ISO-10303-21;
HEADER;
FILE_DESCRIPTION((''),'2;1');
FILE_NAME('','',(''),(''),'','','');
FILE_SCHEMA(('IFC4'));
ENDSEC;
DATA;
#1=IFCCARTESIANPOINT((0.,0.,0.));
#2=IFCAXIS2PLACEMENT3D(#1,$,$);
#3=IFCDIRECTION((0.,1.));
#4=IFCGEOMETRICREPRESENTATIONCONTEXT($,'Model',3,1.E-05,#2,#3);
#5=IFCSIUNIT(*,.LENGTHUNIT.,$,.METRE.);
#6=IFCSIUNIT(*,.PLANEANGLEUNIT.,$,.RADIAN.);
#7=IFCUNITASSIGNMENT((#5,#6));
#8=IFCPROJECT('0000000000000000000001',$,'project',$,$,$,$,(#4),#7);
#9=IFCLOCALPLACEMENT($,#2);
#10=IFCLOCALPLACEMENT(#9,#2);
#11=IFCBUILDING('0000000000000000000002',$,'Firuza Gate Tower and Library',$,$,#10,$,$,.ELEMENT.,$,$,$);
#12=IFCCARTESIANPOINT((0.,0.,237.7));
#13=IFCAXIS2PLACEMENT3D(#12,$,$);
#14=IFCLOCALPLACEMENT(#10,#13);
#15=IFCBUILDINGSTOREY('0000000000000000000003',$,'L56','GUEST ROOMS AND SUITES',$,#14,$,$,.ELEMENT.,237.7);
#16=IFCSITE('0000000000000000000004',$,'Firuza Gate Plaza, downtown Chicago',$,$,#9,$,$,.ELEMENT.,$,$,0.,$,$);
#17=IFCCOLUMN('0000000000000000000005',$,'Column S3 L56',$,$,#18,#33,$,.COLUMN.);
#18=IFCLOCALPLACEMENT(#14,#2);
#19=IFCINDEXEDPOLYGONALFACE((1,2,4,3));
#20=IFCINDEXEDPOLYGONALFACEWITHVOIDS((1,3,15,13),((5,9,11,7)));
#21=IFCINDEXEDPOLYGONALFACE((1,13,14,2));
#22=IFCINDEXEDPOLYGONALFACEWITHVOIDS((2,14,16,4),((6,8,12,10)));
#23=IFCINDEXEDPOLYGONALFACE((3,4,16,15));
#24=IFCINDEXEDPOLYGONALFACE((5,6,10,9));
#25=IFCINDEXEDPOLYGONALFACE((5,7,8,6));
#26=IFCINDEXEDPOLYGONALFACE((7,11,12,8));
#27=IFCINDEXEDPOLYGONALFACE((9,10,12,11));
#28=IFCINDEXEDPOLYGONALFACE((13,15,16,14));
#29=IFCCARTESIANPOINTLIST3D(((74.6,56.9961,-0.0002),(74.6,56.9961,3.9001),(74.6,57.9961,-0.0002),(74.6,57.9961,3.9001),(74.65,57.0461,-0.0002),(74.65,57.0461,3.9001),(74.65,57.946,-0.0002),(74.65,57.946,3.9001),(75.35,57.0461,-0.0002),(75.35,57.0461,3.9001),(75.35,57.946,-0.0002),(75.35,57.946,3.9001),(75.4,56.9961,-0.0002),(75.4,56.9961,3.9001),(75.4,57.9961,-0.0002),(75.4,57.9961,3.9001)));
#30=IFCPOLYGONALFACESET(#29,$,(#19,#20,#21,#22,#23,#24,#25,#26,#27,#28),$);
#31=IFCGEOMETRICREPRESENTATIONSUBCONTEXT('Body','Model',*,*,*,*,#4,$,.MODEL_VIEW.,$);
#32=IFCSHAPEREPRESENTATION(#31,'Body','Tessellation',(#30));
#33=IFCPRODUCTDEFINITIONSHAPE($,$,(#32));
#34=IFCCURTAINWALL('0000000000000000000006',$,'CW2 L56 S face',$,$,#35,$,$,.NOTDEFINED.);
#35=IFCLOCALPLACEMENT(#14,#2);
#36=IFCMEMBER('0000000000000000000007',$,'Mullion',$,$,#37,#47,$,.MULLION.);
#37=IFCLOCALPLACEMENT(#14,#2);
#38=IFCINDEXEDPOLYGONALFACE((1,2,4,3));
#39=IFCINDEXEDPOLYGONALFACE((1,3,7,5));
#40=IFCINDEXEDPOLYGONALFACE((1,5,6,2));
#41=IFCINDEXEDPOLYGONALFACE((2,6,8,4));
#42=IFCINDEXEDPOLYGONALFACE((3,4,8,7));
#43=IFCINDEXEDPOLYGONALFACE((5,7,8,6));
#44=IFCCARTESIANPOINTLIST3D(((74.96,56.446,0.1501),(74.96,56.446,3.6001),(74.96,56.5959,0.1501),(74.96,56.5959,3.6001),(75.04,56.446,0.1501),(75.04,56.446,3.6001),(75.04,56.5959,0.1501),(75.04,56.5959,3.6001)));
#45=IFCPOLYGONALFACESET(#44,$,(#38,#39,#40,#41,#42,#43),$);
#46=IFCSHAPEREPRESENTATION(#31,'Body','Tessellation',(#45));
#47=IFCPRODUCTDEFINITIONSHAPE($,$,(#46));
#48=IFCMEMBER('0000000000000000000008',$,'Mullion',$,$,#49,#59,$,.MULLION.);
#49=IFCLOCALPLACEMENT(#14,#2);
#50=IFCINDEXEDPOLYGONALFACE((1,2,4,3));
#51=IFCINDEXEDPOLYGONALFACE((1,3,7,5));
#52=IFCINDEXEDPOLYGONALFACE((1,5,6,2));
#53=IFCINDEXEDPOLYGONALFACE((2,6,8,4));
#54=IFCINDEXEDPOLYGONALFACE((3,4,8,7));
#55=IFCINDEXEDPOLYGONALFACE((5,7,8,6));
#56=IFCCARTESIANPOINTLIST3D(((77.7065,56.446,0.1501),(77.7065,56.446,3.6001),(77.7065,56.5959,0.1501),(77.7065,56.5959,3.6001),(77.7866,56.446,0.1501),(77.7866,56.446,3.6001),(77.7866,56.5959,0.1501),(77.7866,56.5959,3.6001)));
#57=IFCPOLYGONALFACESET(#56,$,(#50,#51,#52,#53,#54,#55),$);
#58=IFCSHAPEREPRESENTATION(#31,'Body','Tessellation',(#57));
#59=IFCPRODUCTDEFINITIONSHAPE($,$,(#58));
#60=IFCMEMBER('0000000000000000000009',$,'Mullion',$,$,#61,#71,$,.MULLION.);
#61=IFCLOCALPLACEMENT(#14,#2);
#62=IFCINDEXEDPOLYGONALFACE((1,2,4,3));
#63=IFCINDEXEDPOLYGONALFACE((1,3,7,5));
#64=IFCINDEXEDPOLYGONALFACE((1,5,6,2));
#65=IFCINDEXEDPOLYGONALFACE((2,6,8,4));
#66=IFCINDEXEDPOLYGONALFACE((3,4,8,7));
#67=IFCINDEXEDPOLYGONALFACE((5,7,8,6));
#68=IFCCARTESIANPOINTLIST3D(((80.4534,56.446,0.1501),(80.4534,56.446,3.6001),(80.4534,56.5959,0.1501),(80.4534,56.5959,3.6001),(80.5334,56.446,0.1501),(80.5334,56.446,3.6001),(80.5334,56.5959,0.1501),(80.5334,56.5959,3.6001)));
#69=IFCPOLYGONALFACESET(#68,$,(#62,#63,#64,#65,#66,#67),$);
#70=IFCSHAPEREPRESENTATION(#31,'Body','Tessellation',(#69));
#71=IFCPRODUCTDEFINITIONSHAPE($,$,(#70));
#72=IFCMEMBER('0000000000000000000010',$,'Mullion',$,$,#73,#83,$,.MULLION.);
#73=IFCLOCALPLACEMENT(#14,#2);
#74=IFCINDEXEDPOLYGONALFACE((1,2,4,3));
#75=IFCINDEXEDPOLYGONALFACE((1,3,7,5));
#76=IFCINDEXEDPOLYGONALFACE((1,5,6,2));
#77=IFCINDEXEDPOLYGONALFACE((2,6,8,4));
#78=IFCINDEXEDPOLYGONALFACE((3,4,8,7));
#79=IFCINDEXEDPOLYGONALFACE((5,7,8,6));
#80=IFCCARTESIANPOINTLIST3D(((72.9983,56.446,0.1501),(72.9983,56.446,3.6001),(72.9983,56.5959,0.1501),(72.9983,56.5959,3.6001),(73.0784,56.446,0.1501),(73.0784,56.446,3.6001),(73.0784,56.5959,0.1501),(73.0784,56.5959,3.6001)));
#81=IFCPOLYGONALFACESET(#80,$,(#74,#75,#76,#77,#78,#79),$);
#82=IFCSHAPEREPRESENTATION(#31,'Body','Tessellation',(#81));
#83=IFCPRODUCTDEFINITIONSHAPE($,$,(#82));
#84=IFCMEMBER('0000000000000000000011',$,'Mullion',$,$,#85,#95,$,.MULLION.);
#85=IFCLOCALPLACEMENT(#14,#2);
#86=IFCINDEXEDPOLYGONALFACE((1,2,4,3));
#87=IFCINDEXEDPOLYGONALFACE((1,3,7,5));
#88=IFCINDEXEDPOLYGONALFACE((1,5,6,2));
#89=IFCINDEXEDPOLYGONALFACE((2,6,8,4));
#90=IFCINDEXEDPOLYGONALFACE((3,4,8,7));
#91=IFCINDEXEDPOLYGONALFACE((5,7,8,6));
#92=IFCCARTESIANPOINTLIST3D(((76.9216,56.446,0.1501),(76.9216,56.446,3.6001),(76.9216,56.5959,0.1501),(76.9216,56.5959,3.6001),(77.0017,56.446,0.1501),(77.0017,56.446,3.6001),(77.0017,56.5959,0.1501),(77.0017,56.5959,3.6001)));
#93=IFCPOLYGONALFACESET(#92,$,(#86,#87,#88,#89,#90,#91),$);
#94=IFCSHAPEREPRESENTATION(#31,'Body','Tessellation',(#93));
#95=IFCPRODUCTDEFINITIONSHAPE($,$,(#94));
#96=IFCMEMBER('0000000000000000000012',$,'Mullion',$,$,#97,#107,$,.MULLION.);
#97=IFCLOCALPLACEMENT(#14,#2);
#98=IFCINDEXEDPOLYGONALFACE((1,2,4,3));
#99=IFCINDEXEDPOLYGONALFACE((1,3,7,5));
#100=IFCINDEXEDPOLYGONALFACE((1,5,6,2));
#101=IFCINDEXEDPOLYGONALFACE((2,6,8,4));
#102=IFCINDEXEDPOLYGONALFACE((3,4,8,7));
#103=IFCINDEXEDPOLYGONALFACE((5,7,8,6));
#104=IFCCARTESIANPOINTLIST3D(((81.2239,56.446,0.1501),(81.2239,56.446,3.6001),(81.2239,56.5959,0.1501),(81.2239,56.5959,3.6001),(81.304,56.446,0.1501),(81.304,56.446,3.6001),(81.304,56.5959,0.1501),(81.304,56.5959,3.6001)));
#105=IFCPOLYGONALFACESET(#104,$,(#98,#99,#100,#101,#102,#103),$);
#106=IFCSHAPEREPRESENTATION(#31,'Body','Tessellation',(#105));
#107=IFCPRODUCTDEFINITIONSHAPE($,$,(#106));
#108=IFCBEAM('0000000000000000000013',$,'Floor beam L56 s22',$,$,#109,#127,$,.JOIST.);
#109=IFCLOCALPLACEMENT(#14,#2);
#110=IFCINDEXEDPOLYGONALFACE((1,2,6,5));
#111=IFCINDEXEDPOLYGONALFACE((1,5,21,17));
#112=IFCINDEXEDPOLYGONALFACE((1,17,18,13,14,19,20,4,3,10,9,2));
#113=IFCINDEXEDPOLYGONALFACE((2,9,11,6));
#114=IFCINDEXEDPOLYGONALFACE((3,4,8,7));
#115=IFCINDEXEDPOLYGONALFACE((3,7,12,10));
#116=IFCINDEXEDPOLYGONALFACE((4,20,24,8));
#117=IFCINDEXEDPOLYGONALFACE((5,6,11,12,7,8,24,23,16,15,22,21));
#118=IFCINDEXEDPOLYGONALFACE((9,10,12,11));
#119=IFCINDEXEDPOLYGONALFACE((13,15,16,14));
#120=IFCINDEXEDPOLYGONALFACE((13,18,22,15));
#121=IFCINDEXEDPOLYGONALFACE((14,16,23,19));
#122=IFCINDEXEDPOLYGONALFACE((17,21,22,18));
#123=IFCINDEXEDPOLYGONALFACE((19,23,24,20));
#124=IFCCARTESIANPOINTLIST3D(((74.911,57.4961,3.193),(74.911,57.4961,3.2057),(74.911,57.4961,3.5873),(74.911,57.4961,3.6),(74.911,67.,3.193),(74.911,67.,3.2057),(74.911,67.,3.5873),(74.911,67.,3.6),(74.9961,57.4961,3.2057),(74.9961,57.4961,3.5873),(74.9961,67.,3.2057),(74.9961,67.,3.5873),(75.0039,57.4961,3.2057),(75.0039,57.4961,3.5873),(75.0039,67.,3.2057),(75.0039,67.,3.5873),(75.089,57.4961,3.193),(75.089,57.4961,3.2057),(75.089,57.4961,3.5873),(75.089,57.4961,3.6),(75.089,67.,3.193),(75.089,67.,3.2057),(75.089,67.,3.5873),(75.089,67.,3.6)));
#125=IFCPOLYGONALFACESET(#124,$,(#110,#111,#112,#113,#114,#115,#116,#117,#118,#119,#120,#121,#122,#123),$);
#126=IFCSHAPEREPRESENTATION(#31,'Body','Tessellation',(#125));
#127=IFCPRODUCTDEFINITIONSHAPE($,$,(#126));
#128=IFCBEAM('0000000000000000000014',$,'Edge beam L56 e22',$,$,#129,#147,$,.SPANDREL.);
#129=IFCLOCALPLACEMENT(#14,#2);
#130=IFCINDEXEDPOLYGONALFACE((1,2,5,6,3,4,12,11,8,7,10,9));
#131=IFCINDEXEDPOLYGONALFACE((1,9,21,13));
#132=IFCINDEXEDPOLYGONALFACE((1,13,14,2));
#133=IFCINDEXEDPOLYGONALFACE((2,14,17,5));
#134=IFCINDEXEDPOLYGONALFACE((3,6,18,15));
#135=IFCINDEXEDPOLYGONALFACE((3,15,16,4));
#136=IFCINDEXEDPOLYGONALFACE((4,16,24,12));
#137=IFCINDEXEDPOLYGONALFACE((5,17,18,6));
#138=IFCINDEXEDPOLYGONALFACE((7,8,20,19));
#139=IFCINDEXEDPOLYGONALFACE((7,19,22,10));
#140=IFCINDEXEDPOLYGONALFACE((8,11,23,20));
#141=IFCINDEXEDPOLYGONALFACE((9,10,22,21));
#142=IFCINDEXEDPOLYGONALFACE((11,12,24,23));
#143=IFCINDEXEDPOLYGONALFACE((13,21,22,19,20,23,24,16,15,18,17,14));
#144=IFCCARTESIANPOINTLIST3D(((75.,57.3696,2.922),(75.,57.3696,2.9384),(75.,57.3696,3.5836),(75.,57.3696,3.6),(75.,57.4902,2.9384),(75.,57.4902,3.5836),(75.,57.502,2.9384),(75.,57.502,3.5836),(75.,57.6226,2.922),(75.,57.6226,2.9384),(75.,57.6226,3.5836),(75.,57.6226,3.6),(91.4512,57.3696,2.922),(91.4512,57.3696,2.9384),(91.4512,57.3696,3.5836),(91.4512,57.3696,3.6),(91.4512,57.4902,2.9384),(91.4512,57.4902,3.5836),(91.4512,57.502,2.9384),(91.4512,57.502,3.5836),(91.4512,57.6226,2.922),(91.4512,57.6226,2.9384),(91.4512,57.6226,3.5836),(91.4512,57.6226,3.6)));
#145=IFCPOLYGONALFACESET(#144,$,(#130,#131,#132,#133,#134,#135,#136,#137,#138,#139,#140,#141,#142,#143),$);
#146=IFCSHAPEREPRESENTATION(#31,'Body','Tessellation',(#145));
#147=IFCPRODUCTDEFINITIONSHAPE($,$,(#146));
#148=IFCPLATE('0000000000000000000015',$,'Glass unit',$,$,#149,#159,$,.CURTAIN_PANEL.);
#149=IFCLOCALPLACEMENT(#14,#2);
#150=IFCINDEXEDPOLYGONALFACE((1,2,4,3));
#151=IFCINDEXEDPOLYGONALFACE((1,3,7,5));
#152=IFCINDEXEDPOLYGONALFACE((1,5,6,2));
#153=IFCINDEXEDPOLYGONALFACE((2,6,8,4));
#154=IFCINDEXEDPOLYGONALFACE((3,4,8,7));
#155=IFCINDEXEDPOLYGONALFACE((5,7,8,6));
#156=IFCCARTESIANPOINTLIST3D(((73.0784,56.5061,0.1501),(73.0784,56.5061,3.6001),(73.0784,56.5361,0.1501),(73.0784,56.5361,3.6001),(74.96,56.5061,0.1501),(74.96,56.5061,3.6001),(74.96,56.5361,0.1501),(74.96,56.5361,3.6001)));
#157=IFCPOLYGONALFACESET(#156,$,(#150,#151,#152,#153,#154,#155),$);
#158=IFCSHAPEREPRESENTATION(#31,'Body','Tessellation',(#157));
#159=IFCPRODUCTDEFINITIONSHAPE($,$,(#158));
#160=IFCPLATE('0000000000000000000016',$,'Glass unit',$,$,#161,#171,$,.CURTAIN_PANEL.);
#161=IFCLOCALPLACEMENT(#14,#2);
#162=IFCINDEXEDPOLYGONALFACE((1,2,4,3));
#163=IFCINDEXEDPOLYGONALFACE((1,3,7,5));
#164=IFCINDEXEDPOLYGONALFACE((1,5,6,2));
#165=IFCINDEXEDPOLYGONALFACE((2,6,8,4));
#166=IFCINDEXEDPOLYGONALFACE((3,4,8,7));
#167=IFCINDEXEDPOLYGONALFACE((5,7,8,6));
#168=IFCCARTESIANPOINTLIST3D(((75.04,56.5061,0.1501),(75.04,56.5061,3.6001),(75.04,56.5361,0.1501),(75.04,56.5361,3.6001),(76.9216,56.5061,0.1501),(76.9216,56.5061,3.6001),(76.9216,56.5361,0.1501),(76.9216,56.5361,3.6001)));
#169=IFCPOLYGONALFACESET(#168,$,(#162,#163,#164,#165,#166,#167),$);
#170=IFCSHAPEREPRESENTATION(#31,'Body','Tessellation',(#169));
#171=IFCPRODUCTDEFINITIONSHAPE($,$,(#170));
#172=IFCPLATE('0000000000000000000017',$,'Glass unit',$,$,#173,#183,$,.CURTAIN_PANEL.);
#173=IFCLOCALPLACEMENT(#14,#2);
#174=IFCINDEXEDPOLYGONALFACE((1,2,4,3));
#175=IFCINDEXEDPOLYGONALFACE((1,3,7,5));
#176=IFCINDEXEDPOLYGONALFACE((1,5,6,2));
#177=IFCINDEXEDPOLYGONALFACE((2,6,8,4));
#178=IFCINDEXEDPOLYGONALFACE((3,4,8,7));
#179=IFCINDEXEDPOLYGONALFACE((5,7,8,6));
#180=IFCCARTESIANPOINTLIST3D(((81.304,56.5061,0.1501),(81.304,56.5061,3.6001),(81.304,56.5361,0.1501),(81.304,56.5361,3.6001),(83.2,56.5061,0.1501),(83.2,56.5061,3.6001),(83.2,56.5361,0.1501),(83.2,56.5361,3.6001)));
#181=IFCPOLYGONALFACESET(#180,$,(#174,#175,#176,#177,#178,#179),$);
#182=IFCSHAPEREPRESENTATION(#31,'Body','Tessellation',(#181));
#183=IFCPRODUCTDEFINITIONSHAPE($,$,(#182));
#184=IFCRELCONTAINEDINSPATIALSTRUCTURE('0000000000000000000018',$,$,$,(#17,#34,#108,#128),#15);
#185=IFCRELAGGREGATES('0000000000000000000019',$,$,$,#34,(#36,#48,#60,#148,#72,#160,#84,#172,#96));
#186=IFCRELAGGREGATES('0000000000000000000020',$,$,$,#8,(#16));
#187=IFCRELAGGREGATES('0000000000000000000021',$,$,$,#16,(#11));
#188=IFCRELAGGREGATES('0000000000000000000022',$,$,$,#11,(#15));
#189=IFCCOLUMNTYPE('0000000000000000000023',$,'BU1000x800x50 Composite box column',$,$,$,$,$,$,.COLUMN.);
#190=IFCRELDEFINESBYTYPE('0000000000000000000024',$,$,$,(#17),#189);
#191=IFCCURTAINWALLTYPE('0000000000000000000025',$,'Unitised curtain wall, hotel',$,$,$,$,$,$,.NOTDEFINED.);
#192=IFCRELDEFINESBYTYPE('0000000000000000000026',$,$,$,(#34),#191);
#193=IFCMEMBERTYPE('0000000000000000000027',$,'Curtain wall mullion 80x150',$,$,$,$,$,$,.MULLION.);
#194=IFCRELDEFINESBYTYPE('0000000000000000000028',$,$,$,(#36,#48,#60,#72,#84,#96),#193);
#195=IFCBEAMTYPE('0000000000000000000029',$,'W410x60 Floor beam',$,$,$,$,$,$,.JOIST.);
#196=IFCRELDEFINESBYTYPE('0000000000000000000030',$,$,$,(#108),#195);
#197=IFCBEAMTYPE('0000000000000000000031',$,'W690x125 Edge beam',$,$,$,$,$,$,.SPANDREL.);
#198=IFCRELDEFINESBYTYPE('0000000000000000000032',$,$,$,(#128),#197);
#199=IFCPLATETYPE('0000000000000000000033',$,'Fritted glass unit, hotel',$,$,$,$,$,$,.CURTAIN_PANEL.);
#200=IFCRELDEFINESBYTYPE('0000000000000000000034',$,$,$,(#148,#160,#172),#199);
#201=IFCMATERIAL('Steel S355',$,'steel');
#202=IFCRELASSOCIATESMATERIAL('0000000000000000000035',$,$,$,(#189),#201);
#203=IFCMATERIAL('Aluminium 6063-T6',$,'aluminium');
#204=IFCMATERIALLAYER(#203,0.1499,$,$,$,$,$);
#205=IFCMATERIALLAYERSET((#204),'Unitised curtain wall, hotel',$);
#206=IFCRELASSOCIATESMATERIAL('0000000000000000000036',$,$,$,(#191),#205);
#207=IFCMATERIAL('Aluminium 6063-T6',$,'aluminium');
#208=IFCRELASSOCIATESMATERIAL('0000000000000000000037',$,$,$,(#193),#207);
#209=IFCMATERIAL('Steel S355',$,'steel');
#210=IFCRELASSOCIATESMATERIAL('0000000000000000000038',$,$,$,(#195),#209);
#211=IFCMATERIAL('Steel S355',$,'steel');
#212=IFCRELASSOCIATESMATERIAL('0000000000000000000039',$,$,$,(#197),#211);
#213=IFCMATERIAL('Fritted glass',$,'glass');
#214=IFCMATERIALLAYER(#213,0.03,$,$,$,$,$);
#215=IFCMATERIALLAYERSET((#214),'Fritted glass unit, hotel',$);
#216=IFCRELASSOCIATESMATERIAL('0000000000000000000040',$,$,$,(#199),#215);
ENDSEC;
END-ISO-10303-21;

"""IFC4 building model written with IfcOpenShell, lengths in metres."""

from ifc_helpers import new_model, si_unit, direction, frame, origin, origin_2d, place, context, subcontext, project, spatial, polyline, rectangle, hollow_rectangle, i_section, outline, extrude, material, layer, layer_set, material_profile, profile_set, type_object, element, aggregate, save


model = new_model("IFC4")

# Units and contexts
model_context = context("Model", 3, precision=1e-05, world=origin(), true_north=direction((0.0, 1.0)))
body_context = subcontext(model_context, "Body", "Model", "MODEL_VIEW")
ifc_project = project(units=[si_unit("LENGTHUNIT", "METRE"), si_unit("PLANEANGLEUNIT", "RADIAN")], contexts=[model_context])

# Site, building, storey
site_placement = place(None, origin())
site = spatial("IfcSite", under=ifc_project, at=site_placement, Name="Firuza Gate Plaza, downtown Chicago", CompositionType="ELEMENT", RefElevation=0.0)
building_placement = place(site_placement, origin())
building = spatial("IfcBuilding", under=site, at=building_placement, Name="Firuza Gate Tower and Library", CompositionType="ELEMENT")
storey_placement = place(building_placement, frame((0.0, 0.0, 237.7)))
storey = spatial("IfcBuildingStorey", under=building, at=storey_placement, Name="L56", Description="GUEST ROOMS AND SUITES", CompositionType="ELEMENT", Elevation=237.7)

# Column
ifc_material_1 = material(Name="Steel S355", Category="steel")
ifc_material_profile_1 = material_profile(ifc_material_1, hollow_rectangle(XDim=0.8, YDim=1.0, WallThickness=0.05, at=origin_2d()))
ifc_profile_set_1 = profile_set([ifc_material_profile_1], Name="Steel S355")
column_type = type_object("IfcColumnType", Name="BU1000x800x50 Composite box column", PredefinedType="COLUMN", material=ifc_profile_set_1)
column_placement = place(storey_placement, frame((75.0, 57.4961, -0.0002), z_axis=(0.0, 0.0, 1.0), x_axis=(1.0, 0.0, 0.0)))
element("IfcColumn", 1, at=column_placement, inside=storey, type_object=column_type, Name="Column S3 L56", PredefinedType="COLUMN", context=body_context, shape_type="SweptSolid", body=[
    extrude(hollow_rectangle(XDim=0.8, YDim=1.0, WallThickness=0.05, at=origin_2d()), origin(), (0.0, 0.0, 1.0), 3.9004),
])

# Curtain wall, members
ifc_material_2 = material(Name="Aluminium 6063-T6", Category="aluminium")
ifc_layer_1 = layer(ifc_material_2, 0.1499)
ifc_layer_set_1 = layer_set([ifc_layer_1], Name="Unitised curtain wall, hotel")
curtain_wall_type = type_object("IfcCurtainWallType", Name="Unitised curtain wall, hotel", PredefinedType="NOTDEFINED", material=ifc_layer_set_1)
curtain_wall_placement = place(storey_placement, origin())
curtain_wall = element("IfcCurtainWall", 2, at=curtain_wall_placement, inside=storey, type_object=curtain_wall_type, Name="CW2 L56 S face", PredefinedType="NOTDEFINED")
ifc_material_3 = material(Name="Aluminium 6063-T6", Category="aluminium")
ifc_material_profile_2 = material_profile(ifc_material_3, rectangle(XDim=0.1499, YDim=0.0801, at=origin_2d()))
ifc_profile_set_2 = profile_set([ifc_material_profile_2], Name="Aluminium 6063-T6")
member_type = type_object("IfcMemberType", Name="Curtain wall mullion 80x150", PredefinedType="MULLION", material=ifc_profile_set_2)
member_1_placement = place(storey_placement, frame((75.0, 56.521, 0.1501), z_axis=(0.0, 0.0, 1.0), x_axis=(0.0, 1.0, 0.0)))
member_1 = element("IfcMember", 3, at=member_1_placement, type_object=member_type, Name="Mullion", PredefinedType="MULLION", context=body_context, shape_type="SweptSolid", body=[
    extrude(rectangle(XDim=0.1499, YDim=0.0801, at=origin_2d()), origin(), (0.0, 0.0, 1.0), 3.45),
])
member_2_placement = place(storey_placement, frame((77.7466, 56.521, 0.1501), z_axis=(0.0, 0.0, 1.0), x_axis=(0.0, 1.0, 0.0)))
member_2 = element("IfcMember", 4, at=member_2_placement, type_object=member_type, Name="Mullion", PredefinedType="MULLION", context=body_context, shape_type="SweptSolid", body=[
    extrude(rectangle(XDim=0.1499, YDim=0.0801, at=origin_2d()), origin(), (0.0, 0.0, 1.0), 3.45),
])
member_3_placement = place(storey_placement, frame((80.4934, 56.521, 0.1501), z_axis=(0.0, 0.0, 1.0), x_axis=(0.0, 1.0, 0.0)))
member_3 = element("IfcMember", 5, at=member_3_placement, type_object=member_type, Name="Mullion", PredefinedType="MULLION", context=body_context, shape_type="SweptSolid", body=[
    extrude(rectangle(XDim=0.1499, YDim=0.0801, at=origin_2d()), origin(), (0.0, 0.0, 1.0), 3.45),
])
member_4_placement = place(storey_placement, frame((73.0383, 56.521, 0.1501), z_axis=(0.0, 0.0, 1.0), x_axis=(0.0, 1.0, 0.0)))
member_4 = element("IfcMember", 6, at=member_4_placement, type_object=member_type, Name="Mullion", PredefinedType="MULLION", context=body_context, shape_type="SweptSolid", body=[
    extrude(rectangle(XDim=0.1499, YDim=0.0801, at=origin_2d()), origin(), (0.0, 0.0, 1.0), 3.45),
])
member_5_placement = place(storey_placement, frame((76.9617, 56.521, 0.1501), z_axis=(0.0, 0.0, 1.0), x_axis=(0.0, 1.0, 0.0)))
member_5 = element("IfcMember", 7, at=member_5_placement, type_object=member_type, Name="Mullion", PredefinedType="MULLION", context=body_context, shape_type="SweptSolid", body=[
    extrude(rectangle(XDim=0.1499, YDim=0.0801, at=origin_2d()), origin(), (0.0, 0.0, 1.0), 3.45),
])
member_6_placement = place(storey_placement, frame((81.2639, 56.521, 0.1501), z_axis=(0.0, 0.0, 1.0), x_axis=(0.0, 1.0, 0.0)))
member_6 = element("IfcMember", 8, at=member_6_placement, type_object=member_type, Name="Mullion", PredefinedType="MULLION", context=body_context, shape_type="SweptSolid", body=[
    extrude(rectangle(XDim=0.1499, YDim=0.0801, at=origin_2d()), origin(), (0.0, 0.0, 1.0), 3.45),
])

# Beams
ifc_material_4 = material(Name="Steel S355", Category="steel")
ifc_material_profile_3 = material_profile(ifc_material_4, i_section(OverallWidth=0.178, OverallDepth=0.407, WebThickness=0.0078, FlangeThickness=0.0127, at=origin_2d()))
ifc_profile_set_3 = profile_set([ifc_material_profile_3], Name="Steel S355")
beam_type_1 = type_object("IfcBeamType", Name="W410x60 Floor beam", PredefinedType="JOIST", material=ifc_profile_set_3)
beam_1_placement = place(storey_placement, frame((75.0, 57.4961, 3.3965), z_axis=(0.0, 1.0, 0.0), x_axis=(-1.0, 0.0, 0.0)))
element("IfcBeam", 9, at=beam_1_placement, inside=storey, type_object=beam_type_1, Name="Floor beam L56 s22", PredefinedType="JOIST", context=body_context, shape_type="SweptSolid", body=[
    extrude(i_section(OverallWidth=0.178, OverallDepth=0.407, WebThickness=0.0078, FlangeThickness=0.0127, at=origin_2d()), origin(), (0.0, 0.0, 1.0), 9.5039),
])
ifc_material_5 = material(Name="Steel S355", Category="steel")
ifc_material_profile_4 = material_profile(ifc_material_5, i_section(OverallWidth=0.2529, OverallDepth=0.678, WebThickness=0.0117, FlangeThickness=0.0164, at=origin_2d()))
ifc_profile_set_4 = profile_set([ifc_material_profile_4], Name="Steel S355")
beam_type_2 = type_object("IfcBeamType", Name="W690x125 Edge beam", PredefinedType="SPANDREL", material=ifc_profile_set_4)
beam_2_placement = place(storey_placement, frame((75.0, 57.4961, 3.261), z_axis=(1.0, 0.0, 0.0), x_axis=(0.0, 1.0, 0.0)))
element("IfcBeam", 10, at=beam_2_placement, inside=storey, type_object=beam_type_2, Name="Edge beam L56 e22", PredefinedType="SPANDREL", context=body_context, shape_type="SweptSolid", body=[
    extrude(i_section(OverallWidth=0.2529, OverallDepth=0.678, WebThickness=0.0117, FlangeThickness=0.0164, at=origin_2d()), origin(), (0.0, 0.0, 1.0), 16.4512),
])

# Plates
ifc_material_6 = material(Name="Fritted glass", Category="glass")
ifc_layer_2 = layer(ifc_material_6, 0.03)
ifc_layer_set_2 = layer_set([ifc_layer_2], Name="Fritted glass unit, hotel")
plate_type_1 = type_object("IfcPlateType", Name="Fritted glass unit, hotel", PredefinedType="CURTAIN_PANEL", material=ifc_layer_set_2)
plate_1_placement = place(storey_placement, frame((73.0784, 56.5061, 0.1501), z_axis=(0.0, -1.0, 0.0), x_axis=(1.0, 0.0, 0.0)))
plate_1 = element("IfcPlate", 11, at=plate_1_placement, type_object=plate_type_1, Name="Glass unit", PredefinedType="CURTAIN_PANEL", context=body_context, shape_type="SweptSolid", body=[
    extrude(outline(polyline([(0.0, 0.0), (1.8816, 0.0), (1.8816, 3.45), (0.0, 3.45), (0.0, 0.0)])), origin(), (0.0, 0.0, -1.0), 0.03),
])
plate_2_placement = place(storey_placement, frame((75.04, 56.5061, 0.1501), z_axis=(0.0, -1.0, 0.0), x_axis=(1.0, 0.0, 0.0)))
plate_2 = element("IfcPlate", 12, at=plate_2_placement, type_object=plate_type_1, Name="Glass unit", PredefinedType="CURTAIN_PANEL", context=body_context, shape_type="SweptSolid", body=[
    extrude(outline(polyline([(0.0, 0.0), (1.8816, 0.0), (1.8816, 3.45), (0.0, 3.45), (0.0, 0.0)])), origin(), (0.0, 0.0, -1.0), 0.03),
])
plate_3_placement = place(storey_placement, frame((81.304, 56.5061, 0.1501), z_axis=(0.0, -1.0, 0.0), x_axis=(1.0, 0.0, 0.0)))
plate_3 = element("IfcPlate", 13, at=plate_3_placement, type_object=plate_type_1, Name="Glass unit", PredefinedType="CURTAIN_PANEL", context=body_context, shape_type="SweptSolid", body=[
    extrude(outline(polyline([(0.0, 0.0), (1.896, 0.0), (1.896, 3.45), (0.0, 3.45), (0.0, 0.0)])), origin(), (0.0, 0.0, -1.0), 0.03),
])
aggregate(curtain_wall, [member_1, member_2, member_3, plate_1, member_4, plate_2, member_5, plate_3, member_6])

save(model, "model.ifc")
